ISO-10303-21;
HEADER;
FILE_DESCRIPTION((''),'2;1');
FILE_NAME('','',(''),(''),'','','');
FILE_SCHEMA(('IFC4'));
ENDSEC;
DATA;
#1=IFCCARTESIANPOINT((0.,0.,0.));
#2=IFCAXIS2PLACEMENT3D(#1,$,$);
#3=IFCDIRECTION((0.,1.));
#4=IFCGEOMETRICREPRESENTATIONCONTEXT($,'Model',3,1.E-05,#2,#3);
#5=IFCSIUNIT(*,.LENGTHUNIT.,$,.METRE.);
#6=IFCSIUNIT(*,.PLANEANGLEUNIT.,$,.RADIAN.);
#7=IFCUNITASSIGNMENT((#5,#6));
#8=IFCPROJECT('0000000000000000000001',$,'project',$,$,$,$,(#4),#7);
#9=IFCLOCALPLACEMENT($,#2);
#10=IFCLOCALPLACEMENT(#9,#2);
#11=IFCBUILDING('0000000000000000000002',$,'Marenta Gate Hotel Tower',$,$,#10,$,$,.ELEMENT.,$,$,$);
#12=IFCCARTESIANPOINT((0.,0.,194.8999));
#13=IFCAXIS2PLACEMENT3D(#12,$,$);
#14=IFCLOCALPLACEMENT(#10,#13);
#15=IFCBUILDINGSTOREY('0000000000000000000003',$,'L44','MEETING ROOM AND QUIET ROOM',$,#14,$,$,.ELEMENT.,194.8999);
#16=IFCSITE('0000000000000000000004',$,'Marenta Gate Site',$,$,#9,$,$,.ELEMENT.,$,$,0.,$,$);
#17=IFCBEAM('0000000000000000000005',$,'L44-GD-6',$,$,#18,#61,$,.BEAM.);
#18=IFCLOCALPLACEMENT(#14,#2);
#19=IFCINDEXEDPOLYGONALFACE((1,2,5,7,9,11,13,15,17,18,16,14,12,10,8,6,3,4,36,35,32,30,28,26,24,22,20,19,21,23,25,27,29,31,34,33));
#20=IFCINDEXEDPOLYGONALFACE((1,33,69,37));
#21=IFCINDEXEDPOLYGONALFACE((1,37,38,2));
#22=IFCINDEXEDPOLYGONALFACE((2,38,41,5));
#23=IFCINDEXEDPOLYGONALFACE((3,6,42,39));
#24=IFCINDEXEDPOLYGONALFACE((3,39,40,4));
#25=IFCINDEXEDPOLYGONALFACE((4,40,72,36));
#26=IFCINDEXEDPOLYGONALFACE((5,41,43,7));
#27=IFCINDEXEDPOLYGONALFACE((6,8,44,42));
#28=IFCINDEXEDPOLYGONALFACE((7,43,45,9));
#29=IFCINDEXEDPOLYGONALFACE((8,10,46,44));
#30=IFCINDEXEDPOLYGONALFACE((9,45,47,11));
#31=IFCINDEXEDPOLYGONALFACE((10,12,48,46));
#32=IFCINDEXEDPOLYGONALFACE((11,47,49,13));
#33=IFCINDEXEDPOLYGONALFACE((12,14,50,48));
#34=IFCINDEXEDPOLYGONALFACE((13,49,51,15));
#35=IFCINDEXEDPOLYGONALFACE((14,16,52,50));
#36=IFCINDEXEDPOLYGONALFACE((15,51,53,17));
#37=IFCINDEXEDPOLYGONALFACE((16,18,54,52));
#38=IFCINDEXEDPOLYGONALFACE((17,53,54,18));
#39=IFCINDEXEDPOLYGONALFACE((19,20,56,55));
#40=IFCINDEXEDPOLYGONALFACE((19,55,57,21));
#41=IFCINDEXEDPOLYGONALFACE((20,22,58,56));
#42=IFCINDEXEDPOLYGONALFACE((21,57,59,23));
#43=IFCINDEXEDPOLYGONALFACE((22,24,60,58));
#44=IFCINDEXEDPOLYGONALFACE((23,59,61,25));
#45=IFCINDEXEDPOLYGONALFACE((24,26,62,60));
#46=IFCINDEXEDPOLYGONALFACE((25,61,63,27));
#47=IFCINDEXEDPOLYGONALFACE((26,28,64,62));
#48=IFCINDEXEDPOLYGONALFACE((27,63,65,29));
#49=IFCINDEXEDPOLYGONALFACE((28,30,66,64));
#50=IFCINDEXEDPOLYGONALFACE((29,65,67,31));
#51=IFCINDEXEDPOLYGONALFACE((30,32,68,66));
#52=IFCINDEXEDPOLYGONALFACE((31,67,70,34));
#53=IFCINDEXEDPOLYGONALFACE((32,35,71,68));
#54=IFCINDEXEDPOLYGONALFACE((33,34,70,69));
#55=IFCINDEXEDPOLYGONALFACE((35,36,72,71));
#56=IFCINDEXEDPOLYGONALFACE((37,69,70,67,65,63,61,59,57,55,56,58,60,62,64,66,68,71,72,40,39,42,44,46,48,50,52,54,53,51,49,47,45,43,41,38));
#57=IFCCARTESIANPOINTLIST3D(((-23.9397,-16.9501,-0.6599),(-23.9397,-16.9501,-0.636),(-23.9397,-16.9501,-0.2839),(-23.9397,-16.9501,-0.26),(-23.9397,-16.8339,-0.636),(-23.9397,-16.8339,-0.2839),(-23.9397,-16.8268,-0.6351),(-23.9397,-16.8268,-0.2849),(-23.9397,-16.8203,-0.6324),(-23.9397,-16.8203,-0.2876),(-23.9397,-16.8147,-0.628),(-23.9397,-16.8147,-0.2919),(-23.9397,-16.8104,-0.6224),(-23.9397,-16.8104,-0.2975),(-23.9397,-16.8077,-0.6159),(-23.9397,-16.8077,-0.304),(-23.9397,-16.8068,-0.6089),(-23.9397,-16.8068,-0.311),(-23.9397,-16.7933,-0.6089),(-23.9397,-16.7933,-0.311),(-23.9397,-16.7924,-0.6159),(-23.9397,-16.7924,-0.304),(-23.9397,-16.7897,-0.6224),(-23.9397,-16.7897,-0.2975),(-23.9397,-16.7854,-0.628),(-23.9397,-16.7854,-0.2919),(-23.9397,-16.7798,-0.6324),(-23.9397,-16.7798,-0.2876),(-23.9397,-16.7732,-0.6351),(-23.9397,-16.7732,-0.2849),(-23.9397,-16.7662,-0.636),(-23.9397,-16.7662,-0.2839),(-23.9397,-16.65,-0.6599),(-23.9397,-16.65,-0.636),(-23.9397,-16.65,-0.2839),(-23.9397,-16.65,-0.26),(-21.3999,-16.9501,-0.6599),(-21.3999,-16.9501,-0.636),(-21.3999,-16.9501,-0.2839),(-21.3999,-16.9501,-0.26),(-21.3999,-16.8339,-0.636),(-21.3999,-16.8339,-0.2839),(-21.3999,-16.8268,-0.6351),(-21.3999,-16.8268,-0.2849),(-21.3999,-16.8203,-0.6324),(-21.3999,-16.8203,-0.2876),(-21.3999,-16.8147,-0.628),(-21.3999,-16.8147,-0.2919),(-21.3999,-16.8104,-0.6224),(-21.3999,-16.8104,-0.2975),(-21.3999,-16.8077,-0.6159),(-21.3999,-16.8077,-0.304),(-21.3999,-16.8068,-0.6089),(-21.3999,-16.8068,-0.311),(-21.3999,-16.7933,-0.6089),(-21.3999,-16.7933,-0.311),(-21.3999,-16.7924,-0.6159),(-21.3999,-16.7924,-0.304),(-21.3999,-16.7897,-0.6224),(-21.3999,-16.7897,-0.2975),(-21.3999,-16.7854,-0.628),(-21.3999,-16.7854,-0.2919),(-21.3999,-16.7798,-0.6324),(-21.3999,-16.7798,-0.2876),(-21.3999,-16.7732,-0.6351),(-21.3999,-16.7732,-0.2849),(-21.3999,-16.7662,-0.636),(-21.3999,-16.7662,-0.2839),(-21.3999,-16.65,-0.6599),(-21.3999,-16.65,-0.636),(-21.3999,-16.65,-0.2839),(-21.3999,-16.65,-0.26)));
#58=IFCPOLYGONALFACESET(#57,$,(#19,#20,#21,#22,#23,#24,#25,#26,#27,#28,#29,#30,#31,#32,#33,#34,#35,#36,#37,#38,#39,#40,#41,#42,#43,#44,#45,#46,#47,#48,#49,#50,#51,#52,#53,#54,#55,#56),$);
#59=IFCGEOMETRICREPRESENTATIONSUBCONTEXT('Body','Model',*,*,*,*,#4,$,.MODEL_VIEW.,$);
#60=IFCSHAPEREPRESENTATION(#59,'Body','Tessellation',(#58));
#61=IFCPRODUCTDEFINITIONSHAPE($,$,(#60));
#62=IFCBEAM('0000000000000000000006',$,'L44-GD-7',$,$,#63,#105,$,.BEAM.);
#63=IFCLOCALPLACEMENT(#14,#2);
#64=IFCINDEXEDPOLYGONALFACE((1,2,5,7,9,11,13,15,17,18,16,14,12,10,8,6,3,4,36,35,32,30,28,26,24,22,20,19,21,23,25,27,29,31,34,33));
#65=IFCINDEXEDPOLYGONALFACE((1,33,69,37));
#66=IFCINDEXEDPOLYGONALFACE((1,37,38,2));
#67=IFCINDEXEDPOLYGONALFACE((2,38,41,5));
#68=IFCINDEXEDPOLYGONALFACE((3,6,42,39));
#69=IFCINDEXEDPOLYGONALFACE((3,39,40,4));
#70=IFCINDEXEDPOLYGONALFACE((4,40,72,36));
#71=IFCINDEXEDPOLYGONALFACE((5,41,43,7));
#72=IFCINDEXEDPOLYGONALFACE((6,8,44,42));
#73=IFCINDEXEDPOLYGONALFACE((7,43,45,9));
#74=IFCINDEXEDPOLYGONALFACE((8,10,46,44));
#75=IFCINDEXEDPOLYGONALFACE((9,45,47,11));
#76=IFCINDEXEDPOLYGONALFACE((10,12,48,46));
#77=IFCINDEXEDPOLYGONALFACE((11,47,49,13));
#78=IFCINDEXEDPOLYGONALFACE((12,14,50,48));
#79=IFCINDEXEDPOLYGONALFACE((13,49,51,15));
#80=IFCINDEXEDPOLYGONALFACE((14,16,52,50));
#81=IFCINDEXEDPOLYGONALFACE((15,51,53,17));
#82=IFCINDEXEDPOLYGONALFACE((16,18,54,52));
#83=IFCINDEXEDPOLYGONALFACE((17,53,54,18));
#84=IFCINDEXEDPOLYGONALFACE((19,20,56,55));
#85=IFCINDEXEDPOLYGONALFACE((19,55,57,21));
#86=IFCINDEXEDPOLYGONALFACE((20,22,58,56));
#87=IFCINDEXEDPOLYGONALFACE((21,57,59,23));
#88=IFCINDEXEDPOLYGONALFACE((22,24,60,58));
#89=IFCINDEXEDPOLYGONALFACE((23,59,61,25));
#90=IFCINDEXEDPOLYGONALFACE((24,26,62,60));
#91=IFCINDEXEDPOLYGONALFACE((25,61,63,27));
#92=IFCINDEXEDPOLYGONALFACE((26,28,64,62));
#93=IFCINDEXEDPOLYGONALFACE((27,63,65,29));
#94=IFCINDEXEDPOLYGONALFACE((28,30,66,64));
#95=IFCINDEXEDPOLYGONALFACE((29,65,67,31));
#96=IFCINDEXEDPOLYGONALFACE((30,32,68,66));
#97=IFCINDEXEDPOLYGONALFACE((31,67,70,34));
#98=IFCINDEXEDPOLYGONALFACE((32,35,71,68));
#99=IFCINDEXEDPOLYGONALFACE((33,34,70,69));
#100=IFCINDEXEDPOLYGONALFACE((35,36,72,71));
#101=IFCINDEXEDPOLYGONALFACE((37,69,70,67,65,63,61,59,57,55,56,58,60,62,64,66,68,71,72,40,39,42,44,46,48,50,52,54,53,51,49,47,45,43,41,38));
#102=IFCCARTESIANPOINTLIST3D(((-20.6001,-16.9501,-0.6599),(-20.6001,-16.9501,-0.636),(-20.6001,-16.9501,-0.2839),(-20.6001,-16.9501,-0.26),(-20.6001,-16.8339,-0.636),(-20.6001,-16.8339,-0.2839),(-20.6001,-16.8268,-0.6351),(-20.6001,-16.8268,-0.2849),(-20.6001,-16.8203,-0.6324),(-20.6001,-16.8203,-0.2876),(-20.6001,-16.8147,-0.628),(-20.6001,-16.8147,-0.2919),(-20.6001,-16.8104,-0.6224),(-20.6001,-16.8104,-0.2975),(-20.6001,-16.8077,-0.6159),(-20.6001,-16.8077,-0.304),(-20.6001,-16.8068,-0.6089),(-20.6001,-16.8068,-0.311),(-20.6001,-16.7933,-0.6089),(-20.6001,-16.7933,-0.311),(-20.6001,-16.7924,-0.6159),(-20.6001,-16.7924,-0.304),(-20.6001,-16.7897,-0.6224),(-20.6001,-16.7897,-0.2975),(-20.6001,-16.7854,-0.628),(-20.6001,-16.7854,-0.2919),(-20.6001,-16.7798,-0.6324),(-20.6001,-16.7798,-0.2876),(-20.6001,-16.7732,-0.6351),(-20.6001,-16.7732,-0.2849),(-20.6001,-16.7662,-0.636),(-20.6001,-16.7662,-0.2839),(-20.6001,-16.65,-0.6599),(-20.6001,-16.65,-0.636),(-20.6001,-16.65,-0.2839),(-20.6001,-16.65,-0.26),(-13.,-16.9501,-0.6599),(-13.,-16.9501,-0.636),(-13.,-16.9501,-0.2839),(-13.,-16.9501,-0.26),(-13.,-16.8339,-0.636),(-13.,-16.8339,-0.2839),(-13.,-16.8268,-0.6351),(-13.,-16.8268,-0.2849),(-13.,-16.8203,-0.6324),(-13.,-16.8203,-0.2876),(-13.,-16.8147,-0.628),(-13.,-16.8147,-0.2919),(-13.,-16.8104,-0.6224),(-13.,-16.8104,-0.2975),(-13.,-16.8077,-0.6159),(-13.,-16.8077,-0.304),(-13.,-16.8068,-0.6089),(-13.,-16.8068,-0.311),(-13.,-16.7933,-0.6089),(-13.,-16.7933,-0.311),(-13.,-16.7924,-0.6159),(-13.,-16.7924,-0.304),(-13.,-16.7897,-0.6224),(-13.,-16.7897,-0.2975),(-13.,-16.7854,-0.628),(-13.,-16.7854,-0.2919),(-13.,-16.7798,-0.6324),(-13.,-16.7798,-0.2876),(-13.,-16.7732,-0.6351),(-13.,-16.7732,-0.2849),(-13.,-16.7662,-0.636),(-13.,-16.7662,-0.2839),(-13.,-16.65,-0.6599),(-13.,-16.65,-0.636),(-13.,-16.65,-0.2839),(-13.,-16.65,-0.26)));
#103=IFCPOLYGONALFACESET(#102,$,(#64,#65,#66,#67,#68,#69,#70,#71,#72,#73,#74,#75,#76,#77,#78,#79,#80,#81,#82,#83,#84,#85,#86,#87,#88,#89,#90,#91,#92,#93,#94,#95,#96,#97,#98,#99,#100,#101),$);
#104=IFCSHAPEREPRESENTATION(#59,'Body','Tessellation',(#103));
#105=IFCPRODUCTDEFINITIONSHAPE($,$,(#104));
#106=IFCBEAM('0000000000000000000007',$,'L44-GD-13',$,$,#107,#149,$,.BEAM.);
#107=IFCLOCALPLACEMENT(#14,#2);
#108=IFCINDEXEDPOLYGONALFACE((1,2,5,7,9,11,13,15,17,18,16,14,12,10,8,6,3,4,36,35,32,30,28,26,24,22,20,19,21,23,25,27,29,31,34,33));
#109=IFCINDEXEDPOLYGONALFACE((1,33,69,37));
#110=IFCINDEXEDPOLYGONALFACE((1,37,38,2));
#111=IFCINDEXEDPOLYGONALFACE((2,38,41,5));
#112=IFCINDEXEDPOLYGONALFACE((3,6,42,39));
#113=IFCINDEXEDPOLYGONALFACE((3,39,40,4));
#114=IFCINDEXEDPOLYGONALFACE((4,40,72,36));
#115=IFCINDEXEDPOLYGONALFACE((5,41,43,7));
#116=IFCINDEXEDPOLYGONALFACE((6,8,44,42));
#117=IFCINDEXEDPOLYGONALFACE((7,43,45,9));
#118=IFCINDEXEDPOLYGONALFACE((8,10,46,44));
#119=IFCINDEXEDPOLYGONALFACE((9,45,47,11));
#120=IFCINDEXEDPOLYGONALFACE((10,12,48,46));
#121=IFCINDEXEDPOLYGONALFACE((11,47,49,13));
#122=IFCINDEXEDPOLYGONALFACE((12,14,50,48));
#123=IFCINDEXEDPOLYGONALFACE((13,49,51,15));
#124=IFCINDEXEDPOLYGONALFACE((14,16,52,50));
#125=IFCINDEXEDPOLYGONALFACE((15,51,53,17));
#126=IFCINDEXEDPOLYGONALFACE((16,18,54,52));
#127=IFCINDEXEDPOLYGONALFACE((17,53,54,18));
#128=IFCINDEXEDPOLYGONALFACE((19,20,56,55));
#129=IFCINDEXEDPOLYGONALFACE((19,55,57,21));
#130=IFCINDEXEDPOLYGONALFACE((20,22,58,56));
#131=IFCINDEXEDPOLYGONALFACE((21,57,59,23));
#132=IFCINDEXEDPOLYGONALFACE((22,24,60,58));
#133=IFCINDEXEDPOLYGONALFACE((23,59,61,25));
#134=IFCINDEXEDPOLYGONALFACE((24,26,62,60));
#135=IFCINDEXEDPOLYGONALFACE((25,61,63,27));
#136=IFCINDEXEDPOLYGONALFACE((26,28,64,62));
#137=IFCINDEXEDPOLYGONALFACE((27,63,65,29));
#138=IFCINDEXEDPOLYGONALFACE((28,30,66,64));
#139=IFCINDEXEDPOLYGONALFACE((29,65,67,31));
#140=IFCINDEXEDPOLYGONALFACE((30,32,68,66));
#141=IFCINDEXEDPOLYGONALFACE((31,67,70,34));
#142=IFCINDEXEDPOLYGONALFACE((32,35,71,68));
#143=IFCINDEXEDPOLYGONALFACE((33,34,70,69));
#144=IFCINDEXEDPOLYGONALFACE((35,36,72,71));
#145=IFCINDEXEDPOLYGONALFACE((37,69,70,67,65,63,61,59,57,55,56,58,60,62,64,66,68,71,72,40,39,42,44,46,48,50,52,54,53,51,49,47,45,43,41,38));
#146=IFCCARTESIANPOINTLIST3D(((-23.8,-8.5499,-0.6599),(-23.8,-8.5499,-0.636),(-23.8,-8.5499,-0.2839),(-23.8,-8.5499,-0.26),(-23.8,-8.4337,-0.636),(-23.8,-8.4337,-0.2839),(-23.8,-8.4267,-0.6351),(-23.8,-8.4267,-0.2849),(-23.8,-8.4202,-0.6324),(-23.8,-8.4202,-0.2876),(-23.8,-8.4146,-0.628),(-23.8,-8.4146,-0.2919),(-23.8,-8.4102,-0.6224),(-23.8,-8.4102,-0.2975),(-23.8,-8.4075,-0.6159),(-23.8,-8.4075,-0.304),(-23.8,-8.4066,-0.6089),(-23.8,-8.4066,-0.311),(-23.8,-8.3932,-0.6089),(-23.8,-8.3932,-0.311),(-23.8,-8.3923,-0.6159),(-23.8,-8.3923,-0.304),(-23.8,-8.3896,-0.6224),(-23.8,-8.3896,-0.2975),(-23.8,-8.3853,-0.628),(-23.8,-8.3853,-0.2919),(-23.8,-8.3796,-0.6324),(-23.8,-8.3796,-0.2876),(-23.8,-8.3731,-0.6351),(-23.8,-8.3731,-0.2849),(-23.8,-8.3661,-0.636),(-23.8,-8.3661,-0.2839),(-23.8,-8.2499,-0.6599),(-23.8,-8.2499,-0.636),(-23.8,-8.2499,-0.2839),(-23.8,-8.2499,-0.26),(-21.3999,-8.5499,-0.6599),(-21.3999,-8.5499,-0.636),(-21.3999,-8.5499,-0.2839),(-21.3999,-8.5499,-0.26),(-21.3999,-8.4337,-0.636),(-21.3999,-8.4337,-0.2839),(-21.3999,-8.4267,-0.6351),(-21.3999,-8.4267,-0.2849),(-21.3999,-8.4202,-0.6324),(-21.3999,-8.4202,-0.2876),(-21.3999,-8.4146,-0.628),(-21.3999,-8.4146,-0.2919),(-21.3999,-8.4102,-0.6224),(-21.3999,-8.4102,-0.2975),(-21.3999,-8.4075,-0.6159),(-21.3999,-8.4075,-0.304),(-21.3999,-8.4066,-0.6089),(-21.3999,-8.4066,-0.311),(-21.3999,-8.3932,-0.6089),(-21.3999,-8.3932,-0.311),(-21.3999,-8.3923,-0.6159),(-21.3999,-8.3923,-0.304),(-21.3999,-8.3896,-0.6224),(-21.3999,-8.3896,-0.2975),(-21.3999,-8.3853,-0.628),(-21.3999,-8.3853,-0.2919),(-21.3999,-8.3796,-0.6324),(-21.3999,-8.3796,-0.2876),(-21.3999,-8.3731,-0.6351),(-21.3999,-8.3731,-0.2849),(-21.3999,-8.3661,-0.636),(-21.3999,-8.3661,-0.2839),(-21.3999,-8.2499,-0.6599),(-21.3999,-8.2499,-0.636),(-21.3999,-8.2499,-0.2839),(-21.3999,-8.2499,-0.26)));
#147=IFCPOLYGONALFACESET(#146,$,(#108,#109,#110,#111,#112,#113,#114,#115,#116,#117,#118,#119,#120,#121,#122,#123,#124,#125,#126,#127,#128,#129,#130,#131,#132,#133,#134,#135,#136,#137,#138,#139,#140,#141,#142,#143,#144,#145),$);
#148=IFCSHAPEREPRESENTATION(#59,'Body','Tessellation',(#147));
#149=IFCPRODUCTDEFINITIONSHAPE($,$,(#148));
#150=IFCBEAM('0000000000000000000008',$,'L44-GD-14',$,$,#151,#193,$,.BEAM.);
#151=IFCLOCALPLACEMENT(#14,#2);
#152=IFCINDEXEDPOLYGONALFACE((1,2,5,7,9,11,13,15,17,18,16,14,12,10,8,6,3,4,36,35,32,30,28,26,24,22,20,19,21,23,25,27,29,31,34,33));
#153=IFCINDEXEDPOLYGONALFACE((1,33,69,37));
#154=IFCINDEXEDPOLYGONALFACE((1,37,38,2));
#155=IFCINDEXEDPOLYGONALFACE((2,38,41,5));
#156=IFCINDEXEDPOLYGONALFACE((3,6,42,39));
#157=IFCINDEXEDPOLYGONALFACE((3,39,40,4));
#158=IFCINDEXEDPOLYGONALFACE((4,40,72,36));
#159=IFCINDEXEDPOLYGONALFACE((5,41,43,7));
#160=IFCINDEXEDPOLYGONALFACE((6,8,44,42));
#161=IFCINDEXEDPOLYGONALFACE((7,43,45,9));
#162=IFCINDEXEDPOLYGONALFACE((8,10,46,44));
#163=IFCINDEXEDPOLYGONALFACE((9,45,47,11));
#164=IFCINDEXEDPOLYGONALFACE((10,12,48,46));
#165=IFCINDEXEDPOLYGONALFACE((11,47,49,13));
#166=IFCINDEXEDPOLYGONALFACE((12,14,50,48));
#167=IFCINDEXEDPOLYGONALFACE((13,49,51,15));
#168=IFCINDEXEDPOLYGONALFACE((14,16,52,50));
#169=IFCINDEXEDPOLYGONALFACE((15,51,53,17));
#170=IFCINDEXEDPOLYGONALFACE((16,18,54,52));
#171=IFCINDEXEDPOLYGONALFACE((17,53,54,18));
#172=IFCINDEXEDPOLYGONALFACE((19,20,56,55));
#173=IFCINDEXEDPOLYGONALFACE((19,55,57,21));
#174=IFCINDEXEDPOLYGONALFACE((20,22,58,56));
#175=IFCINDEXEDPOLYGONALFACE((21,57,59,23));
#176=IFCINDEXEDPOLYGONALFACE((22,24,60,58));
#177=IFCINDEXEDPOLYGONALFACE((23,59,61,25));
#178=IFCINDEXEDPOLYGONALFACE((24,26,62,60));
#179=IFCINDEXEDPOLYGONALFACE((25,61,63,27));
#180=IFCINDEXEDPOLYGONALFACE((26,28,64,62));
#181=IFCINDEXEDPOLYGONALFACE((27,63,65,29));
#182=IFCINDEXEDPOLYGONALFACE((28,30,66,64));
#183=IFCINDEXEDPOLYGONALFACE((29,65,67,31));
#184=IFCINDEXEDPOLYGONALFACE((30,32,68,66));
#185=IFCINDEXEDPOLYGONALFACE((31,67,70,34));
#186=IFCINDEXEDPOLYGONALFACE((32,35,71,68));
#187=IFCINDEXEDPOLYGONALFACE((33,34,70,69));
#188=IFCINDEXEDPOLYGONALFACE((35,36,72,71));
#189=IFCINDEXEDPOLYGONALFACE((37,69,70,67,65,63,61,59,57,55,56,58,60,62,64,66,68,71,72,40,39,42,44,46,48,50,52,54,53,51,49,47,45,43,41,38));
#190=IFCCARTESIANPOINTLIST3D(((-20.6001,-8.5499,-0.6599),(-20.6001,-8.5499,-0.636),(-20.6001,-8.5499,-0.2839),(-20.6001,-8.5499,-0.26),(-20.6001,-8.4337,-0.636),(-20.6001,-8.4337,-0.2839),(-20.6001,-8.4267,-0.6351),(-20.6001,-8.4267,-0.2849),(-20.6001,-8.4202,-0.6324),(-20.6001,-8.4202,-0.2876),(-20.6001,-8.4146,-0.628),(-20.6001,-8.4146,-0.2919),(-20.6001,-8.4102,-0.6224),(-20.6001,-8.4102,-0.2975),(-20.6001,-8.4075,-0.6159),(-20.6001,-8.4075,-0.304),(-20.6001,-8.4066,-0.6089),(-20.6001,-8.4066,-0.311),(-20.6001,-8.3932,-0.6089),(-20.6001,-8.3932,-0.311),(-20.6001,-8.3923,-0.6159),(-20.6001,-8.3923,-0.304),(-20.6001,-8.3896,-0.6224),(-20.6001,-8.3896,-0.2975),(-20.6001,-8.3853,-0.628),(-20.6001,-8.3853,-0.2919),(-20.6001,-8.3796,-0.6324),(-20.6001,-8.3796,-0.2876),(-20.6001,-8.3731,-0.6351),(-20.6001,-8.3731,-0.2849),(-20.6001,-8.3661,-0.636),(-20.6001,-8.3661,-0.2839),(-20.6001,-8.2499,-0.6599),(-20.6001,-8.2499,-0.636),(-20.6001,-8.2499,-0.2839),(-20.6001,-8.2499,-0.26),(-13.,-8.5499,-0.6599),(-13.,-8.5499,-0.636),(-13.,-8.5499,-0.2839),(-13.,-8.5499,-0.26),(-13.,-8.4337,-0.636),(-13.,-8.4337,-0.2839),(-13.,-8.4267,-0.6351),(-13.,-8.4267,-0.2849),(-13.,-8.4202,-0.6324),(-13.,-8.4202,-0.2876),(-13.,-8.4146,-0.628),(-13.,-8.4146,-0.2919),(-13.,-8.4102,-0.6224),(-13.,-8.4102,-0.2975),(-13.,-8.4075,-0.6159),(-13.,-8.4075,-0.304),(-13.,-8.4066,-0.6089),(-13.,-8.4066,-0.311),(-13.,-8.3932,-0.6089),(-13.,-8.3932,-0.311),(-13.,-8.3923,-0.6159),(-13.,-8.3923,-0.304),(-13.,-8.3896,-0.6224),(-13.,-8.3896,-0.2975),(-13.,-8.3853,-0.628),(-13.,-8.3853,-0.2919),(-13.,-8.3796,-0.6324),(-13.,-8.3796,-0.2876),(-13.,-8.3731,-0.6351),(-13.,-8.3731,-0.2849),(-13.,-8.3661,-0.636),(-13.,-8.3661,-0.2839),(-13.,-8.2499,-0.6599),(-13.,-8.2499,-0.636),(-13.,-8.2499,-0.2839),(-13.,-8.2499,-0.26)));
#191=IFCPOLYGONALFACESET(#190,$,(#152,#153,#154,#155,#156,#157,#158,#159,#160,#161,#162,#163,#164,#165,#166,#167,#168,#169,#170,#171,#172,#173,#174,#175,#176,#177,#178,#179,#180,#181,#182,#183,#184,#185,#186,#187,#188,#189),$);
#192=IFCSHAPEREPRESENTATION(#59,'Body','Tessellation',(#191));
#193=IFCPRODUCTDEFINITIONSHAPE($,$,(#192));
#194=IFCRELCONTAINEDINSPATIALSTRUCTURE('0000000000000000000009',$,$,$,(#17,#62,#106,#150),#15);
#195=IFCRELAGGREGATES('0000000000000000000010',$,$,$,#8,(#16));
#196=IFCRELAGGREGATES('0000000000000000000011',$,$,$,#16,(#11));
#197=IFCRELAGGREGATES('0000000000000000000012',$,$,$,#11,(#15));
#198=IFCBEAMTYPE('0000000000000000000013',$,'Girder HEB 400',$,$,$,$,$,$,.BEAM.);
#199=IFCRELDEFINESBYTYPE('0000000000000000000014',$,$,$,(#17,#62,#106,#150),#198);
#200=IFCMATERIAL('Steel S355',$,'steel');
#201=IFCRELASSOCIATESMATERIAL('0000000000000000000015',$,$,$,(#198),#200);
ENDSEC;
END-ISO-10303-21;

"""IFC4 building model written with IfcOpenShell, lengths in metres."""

from ifc_helpers import new_model, si_unit, direction, frame, origin, origin_2d, place, context, subcontext, project, spatial, i_section, extrude, material, material_profile, profile_set, type_object, element, save


model = new_model("IFC4")

# Units and contexts
model_context = context("Model", 3, precision=1e-05, world=origin(), true_north=direction((0.0, 1.0)))
body_context = subcontext(model_context, "Body", "Model", "MODEL_VIEW")
ifc_project = project(units=[si_unit("LENGTHUNIT", "METRE"), si_unit("PLANEANGLEUNIT", "RADIAN")], contexts=[model_context])

# Site, building, storey
site_placement = place(None, origin())
site = spatial("IfcSite", under=ifc_project, at=site_placement, Name="Marenta Gate Site", CompositionType="ELEMENT", RefElevation=0.0)
building_placement = place(site_placement, origin())
building = spatial("IfcBuilding", under=site, at=building_placement, Name="Marenta Gate Hotel Tower", CompositionType="ELEMENT")
storey_placement = place(building_placement, frame((0.0, 0.0, 194.8999)))
storey = spatial("IfcBuildingStorey", under=building, at=storey_placement, Name="L44", Description="MEETING ROOM AND QUIET ROOM", CompositionType="ELEMENT", Elevation=194.8999)

# Beams
ifc_material_1 = material(Name="Steel S355", Category="steel")
ifc_material_profile_1 = material_profile(ifc_material_1, i_section(OverallWidth=0.3, OverallDepth=0.3999, WebThickness=0.0134, FlangeThickness=0.0239, FilletRadius=0.0271, at=origin_2d()), Name="HEB 400")
ifc_profile_set_1 = profile_set([ifc_material_profile_1], Name="Steel S355")
beam_type_1 = type_object("IfcBeamType", Name="Girder HEB 400", PredefinedType="BEAM", material=ifc_profile_set_1)
beam_1_placement = place(storey_placement, frame((-23.9397, -16.8, -0.46), z_axis=(1.0, 0.0, 0.0), x_axis=(0.0, 1.0, 0.0)))
element("IfcBeam", 1, at=beam_1_placement, inside=storey, type_object=beam_type_1, Name="L44-GD-6", PredefinedType="BEAM", context=body_context, shape_type="SweptSolid", body=[
    extrude(i_section(OverallWidth=0.3, OverallDepth=0.3999, WebThickness=0.0134, FlangeThickness=0.0239, FilletRadius=0.0271, at=origin_2d()), origin(), (0.0, 0.0, 1.0), 2.5398),
])
beam_2_placement = place(storey_placement, frame((-20.6001, -16.8, -0.46), z_axis=(1.0, 0.0, 0.0), x_axis=(0.0, 1.0, 0.0)))
element("IfcBeam", 2, at=beam_2_placement, inside=storey, type_object=beam_type_1, Name="L44-GD-7", PredefinedType="BEAM", context=body_context, shape_type="SweptSolid", body=[
    extrude(i_section(OverallWidth=0.3, OverallDepth=0.3999, WebThickness=0.0134, FlangeThickness=0.0239, FilletRadius=0.0271, at=origin_2d()), origin(), (0.0, 0.0, 1.0), 7.6001),
])
beam_3_placement = place(storey_placement, frame((-23.8, -8.3999, -0.46), z_axis=(1.0, 0.0, 0.0), x_axis=(0.0, 1.0, 0.0)))
element("IfcBeam", 3, at=beam_3_placement, inside=storey, type_object=beam_type_1, Name="L44-GD-13", PredefinedType="BEAM", context=body_context, shape_type="SweptSolid", body=[
    extrude(i_section(OverallWidth=0.3, OverallDepth=0.3999, WebThickness=0.0134, FlangeThickness=0.0239, FilletRadius=0.0271, at=origin_2d()), origin(), (0.0, 0.0, 1.0), 2.4001),
])
beam_4_placement = place(storey_placement, frame((-20.6001, -8.3999, -0.46), z_axis=(1.0, 0.0, 0.0), x_axis=(0.0, 1.0, 0.0)))
element("IfcBeam", 4, at=beam_4_placement, inside=storey, type_object=beam_type_1, Name="L44-GD-14", PredefinedType="BEAM", context=body_context, shape_type="SweptSolid", body=[
    extrude(i_section(OverallWidth=0.3, OverallDepth=0.3999, WebThickness=0.0134, FlangeThickness=0.0239, FilletRadius=0.0271, at=origin_2d()), origin(), (0.0, 0.0, 1.0), 7.6001),
])

save(model, "model.ifc")
